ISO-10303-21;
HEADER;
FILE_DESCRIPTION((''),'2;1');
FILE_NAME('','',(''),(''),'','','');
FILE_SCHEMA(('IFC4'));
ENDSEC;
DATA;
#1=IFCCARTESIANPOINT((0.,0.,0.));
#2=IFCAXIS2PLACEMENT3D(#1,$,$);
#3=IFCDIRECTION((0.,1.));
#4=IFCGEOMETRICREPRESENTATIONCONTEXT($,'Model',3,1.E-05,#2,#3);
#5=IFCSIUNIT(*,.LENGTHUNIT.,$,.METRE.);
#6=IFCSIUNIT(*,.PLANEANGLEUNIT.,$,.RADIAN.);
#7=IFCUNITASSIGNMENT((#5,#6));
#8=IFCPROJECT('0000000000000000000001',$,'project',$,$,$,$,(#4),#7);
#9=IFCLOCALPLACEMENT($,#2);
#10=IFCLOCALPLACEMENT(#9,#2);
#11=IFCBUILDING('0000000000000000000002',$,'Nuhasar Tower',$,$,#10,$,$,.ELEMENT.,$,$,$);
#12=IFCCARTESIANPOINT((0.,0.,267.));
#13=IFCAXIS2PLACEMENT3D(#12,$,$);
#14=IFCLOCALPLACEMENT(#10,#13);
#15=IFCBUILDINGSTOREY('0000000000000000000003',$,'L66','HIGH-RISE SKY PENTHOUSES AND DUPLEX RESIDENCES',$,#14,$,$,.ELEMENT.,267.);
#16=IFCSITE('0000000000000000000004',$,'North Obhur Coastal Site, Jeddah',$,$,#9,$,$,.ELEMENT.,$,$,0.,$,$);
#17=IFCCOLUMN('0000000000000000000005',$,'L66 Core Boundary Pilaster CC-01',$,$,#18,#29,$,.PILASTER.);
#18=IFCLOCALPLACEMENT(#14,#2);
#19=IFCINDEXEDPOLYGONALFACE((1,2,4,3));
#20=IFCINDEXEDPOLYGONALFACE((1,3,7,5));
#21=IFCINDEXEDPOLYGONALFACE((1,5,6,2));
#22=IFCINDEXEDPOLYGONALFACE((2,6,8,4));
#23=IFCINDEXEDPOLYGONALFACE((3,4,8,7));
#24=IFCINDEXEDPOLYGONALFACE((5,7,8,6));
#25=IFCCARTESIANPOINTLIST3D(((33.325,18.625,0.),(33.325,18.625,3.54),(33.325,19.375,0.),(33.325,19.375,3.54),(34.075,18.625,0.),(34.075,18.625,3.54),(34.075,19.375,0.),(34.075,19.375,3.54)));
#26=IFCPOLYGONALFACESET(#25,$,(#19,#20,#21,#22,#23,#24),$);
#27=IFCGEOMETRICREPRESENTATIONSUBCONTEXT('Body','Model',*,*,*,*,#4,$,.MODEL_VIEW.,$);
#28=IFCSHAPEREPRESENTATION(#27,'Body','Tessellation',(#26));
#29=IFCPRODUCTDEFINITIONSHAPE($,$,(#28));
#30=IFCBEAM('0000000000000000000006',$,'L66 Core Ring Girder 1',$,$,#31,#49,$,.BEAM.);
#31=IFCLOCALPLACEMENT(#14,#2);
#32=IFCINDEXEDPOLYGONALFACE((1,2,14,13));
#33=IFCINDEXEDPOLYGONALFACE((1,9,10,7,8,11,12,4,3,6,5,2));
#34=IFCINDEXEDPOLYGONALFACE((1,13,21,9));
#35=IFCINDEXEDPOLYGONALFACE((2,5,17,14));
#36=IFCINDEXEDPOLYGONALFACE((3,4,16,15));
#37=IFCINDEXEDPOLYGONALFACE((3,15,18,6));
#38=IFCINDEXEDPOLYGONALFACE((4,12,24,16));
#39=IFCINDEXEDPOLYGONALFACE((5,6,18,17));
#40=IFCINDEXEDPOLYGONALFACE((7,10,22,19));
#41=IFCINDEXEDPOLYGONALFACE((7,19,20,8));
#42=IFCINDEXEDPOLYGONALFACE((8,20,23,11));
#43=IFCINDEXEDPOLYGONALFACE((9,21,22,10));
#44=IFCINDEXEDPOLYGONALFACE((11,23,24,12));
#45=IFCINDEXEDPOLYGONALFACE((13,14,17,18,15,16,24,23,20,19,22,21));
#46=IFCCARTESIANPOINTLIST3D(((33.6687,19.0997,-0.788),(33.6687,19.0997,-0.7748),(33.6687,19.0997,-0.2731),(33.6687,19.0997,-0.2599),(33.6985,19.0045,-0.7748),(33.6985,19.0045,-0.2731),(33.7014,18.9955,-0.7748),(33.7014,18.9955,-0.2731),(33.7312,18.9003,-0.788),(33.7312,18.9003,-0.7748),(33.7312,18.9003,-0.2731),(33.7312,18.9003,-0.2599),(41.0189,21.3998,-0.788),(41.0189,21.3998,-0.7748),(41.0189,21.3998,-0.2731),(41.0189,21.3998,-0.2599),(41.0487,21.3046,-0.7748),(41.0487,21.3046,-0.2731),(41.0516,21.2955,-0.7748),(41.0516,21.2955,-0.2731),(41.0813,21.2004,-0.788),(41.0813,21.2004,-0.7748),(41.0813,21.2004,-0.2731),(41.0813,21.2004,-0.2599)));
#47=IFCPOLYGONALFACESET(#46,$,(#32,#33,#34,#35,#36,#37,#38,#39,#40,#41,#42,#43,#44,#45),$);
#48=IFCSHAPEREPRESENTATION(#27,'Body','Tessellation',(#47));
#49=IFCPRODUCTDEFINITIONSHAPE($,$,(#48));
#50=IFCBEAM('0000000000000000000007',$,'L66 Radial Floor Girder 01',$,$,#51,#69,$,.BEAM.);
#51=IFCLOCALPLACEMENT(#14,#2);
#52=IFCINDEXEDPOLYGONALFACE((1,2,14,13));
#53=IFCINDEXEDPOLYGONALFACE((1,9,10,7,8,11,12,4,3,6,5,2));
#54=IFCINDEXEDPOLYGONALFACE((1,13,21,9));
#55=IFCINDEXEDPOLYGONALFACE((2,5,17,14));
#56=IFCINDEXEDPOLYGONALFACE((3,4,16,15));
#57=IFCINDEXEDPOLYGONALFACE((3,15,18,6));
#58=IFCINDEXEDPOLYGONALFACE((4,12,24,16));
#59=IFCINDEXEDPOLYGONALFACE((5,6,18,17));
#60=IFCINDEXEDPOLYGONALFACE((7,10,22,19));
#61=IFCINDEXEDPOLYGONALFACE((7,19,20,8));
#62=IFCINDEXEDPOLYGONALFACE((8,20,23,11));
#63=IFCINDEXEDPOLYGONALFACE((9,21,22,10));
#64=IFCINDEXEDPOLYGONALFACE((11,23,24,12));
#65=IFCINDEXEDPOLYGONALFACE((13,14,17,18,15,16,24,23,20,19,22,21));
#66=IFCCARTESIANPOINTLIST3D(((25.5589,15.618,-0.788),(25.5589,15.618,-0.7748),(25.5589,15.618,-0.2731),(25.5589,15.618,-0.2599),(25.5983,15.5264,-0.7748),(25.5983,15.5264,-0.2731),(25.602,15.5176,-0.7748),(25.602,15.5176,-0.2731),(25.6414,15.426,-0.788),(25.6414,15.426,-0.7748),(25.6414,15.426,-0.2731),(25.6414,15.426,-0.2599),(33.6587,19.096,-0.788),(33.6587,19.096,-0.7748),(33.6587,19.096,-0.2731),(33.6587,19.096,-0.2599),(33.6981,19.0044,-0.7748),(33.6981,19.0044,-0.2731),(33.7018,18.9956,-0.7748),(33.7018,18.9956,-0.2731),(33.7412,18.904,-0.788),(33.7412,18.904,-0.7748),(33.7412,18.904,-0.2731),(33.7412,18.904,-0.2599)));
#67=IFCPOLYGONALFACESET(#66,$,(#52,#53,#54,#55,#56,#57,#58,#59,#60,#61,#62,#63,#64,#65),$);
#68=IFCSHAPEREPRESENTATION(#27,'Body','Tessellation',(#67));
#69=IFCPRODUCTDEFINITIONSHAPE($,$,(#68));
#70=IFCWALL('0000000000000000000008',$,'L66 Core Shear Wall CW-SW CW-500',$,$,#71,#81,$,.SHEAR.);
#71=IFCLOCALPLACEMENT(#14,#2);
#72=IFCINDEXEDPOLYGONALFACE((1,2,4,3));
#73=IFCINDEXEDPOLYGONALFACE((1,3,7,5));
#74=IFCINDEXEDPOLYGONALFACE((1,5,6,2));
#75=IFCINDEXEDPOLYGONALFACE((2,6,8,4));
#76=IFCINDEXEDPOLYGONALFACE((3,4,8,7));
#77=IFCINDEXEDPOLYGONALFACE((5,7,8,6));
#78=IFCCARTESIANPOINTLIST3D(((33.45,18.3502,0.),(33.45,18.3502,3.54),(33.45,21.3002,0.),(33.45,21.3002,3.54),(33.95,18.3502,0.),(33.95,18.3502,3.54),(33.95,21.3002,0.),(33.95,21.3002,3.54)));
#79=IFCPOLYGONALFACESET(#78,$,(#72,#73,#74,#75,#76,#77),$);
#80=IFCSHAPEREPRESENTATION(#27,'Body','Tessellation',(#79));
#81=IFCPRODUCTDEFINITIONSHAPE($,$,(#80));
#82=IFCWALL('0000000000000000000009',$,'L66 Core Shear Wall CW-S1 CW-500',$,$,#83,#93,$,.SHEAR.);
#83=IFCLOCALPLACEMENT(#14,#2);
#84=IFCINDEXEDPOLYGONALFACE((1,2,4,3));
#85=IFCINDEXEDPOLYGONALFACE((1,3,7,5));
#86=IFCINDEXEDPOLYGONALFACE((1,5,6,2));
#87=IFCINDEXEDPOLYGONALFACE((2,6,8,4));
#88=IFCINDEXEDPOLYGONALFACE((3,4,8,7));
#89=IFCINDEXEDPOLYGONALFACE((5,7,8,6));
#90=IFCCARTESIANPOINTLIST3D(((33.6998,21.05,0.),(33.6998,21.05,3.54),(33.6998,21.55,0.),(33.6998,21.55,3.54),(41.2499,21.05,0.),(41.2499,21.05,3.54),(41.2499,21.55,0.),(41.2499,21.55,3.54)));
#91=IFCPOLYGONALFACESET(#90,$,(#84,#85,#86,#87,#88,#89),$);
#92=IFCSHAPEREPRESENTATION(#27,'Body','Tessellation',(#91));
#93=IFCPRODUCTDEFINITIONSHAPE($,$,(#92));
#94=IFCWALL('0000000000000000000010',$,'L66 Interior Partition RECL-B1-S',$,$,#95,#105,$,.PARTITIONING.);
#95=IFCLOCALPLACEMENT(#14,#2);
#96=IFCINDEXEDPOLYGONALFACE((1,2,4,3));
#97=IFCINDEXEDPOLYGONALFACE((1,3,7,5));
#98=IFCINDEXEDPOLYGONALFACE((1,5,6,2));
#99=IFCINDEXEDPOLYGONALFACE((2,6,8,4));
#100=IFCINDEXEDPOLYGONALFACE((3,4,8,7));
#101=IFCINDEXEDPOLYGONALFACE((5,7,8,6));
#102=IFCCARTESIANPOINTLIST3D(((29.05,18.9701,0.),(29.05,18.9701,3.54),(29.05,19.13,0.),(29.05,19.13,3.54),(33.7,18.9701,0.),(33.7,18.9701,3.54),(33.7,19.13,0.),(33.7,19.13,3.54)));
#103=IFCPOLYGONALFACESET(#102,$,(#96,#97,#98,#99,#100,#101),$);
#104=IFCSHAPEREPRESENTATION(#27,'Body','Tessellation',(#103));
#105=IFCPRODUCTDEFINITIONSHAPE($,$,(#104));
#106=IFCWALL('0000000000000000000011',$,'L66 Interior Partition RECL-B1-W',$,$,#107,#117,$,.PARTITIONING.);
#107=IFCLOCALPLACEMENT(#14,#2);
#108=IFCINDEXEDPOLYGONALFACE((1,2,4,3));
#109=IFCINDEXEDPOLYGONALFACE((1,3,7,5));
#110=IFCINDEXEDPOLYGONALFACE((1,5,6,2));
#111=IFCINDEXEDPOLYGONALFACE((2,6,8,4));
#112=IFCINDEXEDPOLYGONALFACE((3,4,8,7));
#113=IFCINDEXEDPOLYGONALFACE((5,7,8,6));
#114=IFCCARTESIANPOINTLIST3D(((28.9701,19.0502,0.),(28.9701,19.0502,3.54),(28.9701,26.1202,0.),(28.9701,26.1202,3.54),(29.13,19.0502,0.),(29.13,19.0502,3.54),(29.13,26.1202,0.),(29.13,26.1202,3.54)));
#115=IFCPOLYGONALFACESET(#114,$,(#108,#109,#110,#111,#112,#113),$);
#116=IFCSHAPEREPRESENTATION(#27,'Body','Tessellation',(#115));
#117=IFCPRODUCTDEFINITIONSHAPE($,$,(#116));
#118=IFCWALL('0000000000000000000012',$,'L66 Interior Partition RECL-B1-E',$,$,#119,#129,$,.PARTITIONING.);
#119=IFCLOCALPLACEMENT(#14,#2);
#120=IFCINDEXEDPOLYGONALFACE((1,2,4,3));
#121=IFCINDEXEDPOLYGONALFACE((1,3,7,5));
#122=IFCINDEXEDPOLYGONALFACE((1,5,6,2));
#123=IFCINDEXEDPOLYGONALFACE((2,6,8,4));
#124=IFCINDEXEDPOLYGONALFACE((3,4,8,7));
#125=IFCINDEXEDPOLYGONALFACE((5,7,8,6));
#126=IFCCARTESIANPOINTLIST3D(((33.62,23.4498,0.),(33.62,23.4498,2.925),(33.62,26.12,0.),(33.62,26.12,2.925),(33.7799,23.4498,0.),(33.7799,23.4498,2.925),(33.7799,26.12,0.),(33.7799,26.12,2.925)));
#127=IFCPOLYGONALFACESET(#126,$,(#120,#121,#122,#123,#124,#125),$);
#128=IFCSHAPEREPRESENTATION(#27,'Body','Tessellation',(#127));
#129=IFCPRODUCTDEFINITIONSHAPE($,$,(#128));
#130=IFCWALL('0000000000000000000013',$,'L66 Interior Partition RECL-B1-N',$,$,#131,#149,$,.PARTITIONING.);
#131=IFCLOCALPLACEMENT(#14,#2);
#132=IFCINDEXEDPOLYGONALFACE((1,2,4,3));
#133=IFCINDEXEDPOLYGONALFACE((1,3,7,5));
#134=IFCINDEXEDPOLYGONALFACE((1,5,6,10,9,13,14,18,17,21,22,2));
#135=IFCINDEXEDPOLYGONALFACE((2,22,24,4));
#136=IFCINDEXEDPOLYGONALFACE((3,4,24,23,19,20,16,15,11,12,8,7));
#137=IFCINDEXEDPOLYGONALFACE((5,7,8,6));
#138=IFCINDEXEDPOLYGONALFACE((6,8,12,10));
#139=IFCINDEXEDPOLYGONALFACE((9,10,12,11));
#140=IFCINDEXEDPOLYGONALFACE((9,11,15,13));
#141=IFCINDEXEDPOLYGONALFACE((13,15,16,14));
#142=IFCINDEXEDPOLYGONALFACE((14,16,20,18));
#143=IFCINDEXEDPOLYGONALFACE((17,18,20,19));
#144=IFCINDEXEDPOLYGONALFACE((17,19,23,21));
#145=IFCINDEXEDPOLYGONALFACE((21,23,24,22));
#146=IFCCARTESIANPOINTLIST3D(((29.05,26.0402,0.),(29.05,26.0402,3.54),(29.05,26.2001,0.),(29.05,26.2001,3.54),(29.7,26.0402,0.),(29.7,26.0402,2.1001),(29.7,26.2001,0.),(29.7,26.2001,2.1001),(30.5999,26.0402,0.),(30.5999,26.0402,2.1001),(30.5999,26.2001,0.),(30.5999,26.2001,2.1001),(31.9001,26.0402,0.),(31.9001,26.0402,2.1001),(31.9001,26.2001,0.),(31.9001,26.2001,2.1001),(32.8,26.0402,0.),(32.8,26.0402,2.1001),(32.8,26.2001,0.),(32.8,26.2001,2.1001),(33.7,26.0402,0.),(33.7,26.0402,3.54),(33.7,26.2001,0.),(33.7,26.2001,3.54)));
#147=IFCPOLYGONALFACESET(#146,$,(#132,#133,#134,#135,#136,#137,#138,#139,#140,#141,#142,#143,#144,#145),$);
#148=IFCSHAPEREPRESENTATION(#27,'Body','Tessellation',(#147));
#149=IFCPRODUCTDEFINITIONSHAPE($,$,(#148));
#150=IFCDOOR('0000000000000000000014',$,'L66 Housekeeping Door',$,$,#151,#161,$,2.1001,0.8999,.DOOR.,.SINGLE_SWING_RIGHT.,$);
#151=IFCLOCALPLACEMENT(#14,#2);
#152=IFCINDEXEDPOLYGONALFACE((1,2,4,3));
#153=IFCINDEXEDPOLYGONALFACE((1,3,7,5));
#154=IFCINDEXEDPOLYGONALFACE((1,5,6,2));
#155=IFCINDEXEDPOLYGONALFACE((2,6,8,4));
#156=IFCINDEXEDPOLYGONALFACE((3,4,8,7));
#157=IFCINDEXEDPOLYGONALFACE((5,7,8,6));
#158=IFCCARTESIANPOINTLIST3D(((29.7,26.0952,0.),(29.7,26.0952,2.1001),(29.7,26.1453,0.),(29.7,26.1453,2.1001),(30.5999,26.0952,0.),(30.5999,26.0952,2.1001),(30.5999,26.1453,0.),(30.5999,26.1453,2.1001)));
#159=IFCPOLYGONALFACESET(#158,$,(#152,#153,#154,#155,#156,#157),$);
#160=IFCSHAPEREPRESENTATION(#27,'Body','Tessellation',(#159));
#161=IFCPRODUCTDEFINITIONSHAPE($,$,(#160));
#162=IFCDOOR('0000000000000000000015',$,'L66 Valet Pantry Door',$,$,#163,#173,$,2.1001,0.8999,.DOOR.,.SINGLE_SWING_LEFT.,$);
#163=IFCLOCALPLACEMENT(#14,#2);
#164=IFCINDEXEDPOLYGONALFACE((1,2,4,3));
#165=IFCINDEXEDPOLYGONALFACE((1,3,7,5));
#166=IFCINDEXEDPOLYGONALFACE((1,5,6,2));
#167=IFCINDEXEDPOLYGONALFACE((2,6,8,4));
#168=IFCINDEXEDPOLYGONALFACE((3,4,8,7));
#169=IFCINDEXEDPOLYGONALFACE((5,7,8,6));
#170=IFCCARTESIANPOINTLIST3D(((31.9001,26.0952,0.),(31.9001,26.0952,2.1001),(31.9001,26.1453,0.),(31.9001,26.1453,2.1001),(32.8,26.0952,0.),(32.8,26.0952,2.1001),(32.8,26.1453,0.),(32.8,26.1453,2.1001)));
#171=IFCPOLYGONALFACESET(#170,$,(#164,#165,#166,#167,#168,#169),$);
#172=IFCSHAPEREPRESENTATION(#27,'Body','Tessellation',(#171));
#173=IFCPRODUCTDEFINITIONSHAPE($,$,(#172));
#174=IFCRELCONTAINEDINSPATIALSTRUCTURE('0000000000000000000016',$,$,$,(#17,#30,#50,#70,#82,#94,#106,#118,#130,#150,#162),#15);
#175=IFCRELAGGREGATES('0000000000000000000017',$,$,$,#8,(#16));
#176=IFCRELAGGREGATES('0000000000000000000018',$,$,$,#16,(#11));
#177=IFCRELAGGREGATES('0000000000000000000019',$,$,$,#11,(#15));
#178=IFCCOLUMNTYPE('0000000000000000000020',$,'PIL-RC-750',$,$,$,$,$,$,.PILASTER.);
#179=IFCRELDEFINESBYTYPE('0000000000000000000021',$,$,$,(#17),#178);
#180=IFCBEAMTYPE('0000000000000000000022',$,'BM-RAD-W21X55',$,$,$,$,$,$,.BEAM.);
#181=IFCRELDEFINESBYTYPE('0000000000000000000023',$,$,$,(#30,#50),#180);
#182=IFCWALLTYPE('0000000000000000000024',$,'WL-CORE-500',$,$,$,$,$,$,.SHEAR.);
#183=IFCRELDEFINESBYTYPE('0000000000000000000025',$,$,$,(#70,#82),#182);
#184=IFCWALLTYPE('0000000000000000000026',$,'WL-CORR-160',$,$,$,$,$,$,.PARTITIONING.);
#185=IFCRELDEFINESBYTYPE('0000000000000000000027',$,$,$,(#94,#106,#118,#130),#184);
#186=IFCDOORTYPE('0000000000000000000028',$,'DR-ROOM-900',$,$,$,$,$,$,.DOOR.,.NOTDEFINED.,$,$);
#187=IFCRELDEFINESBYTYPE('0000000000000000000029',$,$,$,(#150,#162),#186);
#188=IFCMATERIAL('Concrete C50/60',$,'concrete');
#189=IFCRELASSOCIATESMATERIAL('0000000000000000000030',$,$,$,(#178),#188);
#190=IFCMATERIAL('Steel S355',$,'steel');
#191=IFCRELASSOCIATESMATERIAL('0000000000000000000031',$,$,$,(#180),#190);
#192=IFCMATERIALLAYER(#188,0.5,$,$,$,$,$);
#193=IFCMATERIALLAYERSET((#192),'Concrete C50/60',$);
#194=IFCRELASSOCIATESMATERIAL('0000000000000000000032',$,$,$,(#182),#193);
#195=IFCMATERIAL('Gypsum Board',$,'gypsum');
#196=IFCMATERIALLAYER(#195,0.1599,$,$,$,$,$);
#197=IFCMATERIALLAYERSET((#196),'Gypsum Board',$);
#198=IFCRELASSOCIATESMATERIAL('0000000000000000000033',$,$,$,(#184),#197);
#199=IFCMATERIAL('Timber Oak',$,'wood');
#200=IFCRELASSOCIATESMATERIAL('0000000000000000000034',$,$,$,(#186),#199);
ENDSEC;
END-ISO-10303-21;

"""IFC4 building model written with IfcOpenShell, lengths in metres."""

from ifc_helpers import new_model, si_unit, direction, frame, frame_2d, origin, origin_2d, place, context, subcontext, project, spatial, rectangle, i_section, extrude, material, layer, layer_set, material_profile, profile_set, type_object, element, fill, save


model = new_model("IFC4")

# Units and contexts
model_context = context("Model", 3, precision=1e-05, world=origin(), true_north=direction((0.0, 1.0)))
body_context = subcontext(model_context, "Body", "Model", "MODEL_VIEW")
ifc_project = project(units=[si_unit("LENGTHUNIT", "METRE"), si_unit("PLANEANGLEUNIT", "RADIAN")], contexts=[model_context])

# Site, building, storey
site_placement = place(None, origin())
site = spatial("IfcSite", under=ifc_project, at=site_placement, Name="North Obhur Coastal Site, Jeddah", CompositionType="ELEMENT", RefElevation=0.0)
building_placement = place(site_placement, origin())
building = spatial("IfcBuilding", under=site, at=building_placement, Name="Nuhasar Tower", CompositionType="ELEMENT")
storey_placement = place(building_placement, frame((0.0, 0.0, 267.0)))
storey = spatial("IfcBuildingStorey", under=building, at=storey_placement, Name="L66", Description="HIGH-RISE SKY PENTHOUSES AND DUPLEX RESIDENCES", CompositionType="ELEMENT", Elevation=267.0)

# Column
ifc_material_1 = material(Name="Concrete C50/60", Category="concrete")
ifc_material_profile_1 = material_profile(ifc_material_1, rectangle(XDim=0.75, YDim=0.75, at=origin_2d()), Name="RC750X750")
ifc_profile_set_1 = profile_set([ifc_material_profile_1], Name="Concrete C50/60")
column_type = type_object("IfcColumnType", Name="PIL-RC-750", PredefinedType="PILASTER", material=ifc_profile_set_1)
column_placement = place(storey_placement, frame((33.7, 19.0, 0.0), z_axis=(0.0, 0.0, 1.0), x_axis=(1.0, 0.0, 0.0)))
element("IfcColumn", 1, at=column_placement, inside=storey, type_object=column_type, Name="L66 Core Boundary Pilaster CC-01", PredefinedType="PILASTER", context=body_context, shape_type="SweptSolid", body=[
    extrude(rectangle(XDim=0.75, YDim=0.75, at=origin_2d()), origin(), (0.0, 0.0, 1.0), 3.54),
])

# Beams
ifc_material_2 = material(Name="Steel S355", Category="steel")
ifc_material_profile_2 = material_profile(ifc_material_2, i_section(OverallWidth=0.209, OverallDepth=0.5281, WebThickness=0.0095, FlangeThickness=0.0132, at=origin_2d()), Name="W21X55")
ifc_profile_set_2 = profile_set([ifc_material_profile_2], Name="Steel S355")
beam_type = type_object("IfcBeamType", Name="BM-RAD-W21X55", PredefinedType="BEAM", material=ifc_profile_set_2)
beam_1_placement = place(storey_placement, frame((33.7, 19.0, -0.5239), z_axis=(0.954364, 0.298647, 0.0), x_axis=(-0.298647, 0.954364, 0.0)))
element("IfcBeam", 2, at=beam_1_placement, inside=storey, type_object=beam_type, Name="L66 Core Ring Girder 1", PredefinedType="BEAM", context=body_context, shape_type="SweptSolid", body=[
    extrude(i_section(OverallWidth=0.209, OverallDepth=0.5281, WebThickness=0.0095, FlangeThickness=0.0132, at=origin_2d()), origin(), (0.0, 0.0, 1.0), 7.7017),
])
beam_2_placement = place(storey_placement, frame((33.7, 19.0, -0.5239), z_axis=(-0.918871, -0.394558, 0.0), x_axis=(0.394558, -0.918871, 0.0)))
element("IfcBeam", 3, at=beam_2_placement, inside=storey, type_object=beam_type, Name="L66 Radial Floor Girder 01", PredefinedType="BEAM", context=body_context, shape_type="SweptSolid", body=[
    extrude(i_section(OverallWidth=0.209, OverallDepth=0.5281, WebThickness=0.0095, FlangeThickness=0.0132, at=origin_2d()), origin(), (0.0, 0.0, 1.0), 8.8149),
])

# Walls
ifc_layer_1 = layer(ifc_material_1, 0.5)
ifc_layer_set_1 = layer_set([ifc_layer_1], Name="Concrete C50/60")
wall_type_1 = type_object("IfcWallType", Name="WL-CORE-500", PredefinedType="SHEAR", material=ifc_layer_set_1)
wall_1_placement = place(storey_placement, frame((33.7, 18.3501, 0.0), z_axis=(0.0, 0.0, 1.0), x_axis=(0.0, 1.0, 0.0)))
element("IfcWall", 4, at=wall_1_placement, inside=storey, type_object=wall_type_1, Name="L66 Core Shear Wall CW-SW CW-500", PredefinedType="SHEAR", context=body_context, shape_type="SweptSolid", body=[
    extrude(rectangle(XDim=2.95, YDim=0.5, at=frame_2d((1.4751, 0.0))), origin(), (0.0, 0.0, 1.0), 3.54),
])
wall_2_placement = place(storey_placement, frame((33.7, 21.3, 0.0), z_axis=(0.0, 0.0, 1.0), x_axis=(1.0, 0.0, 0.0)))
element("IfcWall", 5, at=wall_2_placement, inside=storey, type_object=wall_type_1, Name="L66 Core Shear Wall CW-S1 CW-500", PredefinedType="SHEAR", context=body_context, shape_type="SweptSolid", body=[
    extrude(rectangle(XDim=7.55, YDim=0.5, at=frame_2d((3.7749, 0.0))), origin(), (0.0, 0.0, 1.0), 3.54),
])
ifc_material_3 = material(Name="Gypsum Board", Category="gypsum")
ifc_layer_2 = layer(ifc_material_3, 0.1599)
ifc_layer_set_2 = layer_set([ifc_layer_2], Name="Gypsum Board")
wall_type_2 = type_object("IfcWallType", Name="WL-CORR-160", PredefinedType="PARTITIONING", material=ifc_layer_set_2)
wall_3_placement = place(storey_placement, frame((29.05, 19.05, 0.0), z_axis=(0.0, 0.0, 1.0), x_axis=(1.0, 0.0, 0.0)))
element("IfcWall", 6, at=wall_3_placement, inside=storey, type_object=wall_type_2, Name="L66 Interior Partition RECL-B1-S", PredefinedType="PARTITIONING", context=body_context, shape_type="SweptSolid", body=[
    extrude(rectangle(XDim=4.6499, YDim=0.1599, at=frame_2d((2.325, 0.0))), origin(), (0.0, 0.0, 1.0), 3.54),
])
wall_4_placement = place(storey_placement, frame((29.05, 19.05, 0.0), z_axis=(0.0, 0.0, 1.0), x_axis=(0.0, 1.0, 0.0)))
element("IfcWall", 7, at=wall_4_placement, inside=storey, type_object=wall_type_2, Name="L66 Interior Partition RECL-B1-W", PredefinedType="PARTITIONING", context=body_context, shape_type="SweptSolid", body=[
    extrude(rectangle(XDim=7.0701, YDim=0.1599, at=frame_2d((3.5352, 0.0))), origin(), (0.0, 0.0, 1.0), 3.54),
])
wall_5_placement = place(storey_placement, frame((33.7, 23.45, 0.0), z_axis=(0.0, 0.0, 1.0), x_axis=(0.0, 1.0, 0.0)))
element("IfcWall", 8, at=wall_5_placement, inside=storey, type_object=wall_type_2, Name="L66 Interior Partition RECL-B1-E", PredefinedType="PARTITIONING", context=body_context, shape_type="SweptSolid", body=[
    extrude(rectangle(XDim=2.6702, YDim=0.1599, at=frame_2d((1.335, 0.0))), origin(), (0.0, 0.0, 1.0), 2.925),
])

# Wall, openings, doors
wall_6_placement = place(storey_placement, frame((33.7, 26.1201, 0.0), z_axis=(0.0, 0.0, 1.0), x_axis=(-1.0, 0.0, 0.0)))
wall_6 = element("IfcWall", 9, at=wall_6_placement, inside=storey, type_object=wall_type_2, Name="L66 Interior Partition RECL-B1-N", PredefinedType="PARTITIONING", context=body_context, shape_type="SweptSolid", body=[
    extrude(rectangle(XDim=4.6499, YDim=0.1599, at=frame_2d((2.325, 0.0))), origin(), (0.0, 0.0, 1.0), 3.54),
])
opening_1_placement = place(wall_6_placement, frame((3.1001, 0.0, 0.0)))
opening_1 = element("IfcOpeningElement", 10, at=opening_1_placement, cuts=wall_6, PredefinedType="OPENING", context=body_context, shape_type="SweptSolid", body=[
    extrude(rectangle(XDim=0.8999, YDim=2.1001, at=frame_2d((0.45, 1.05))), frame((0.0, 0.0898, 0.0), z_axis=(0.0, -1.0, 0.0), x_axis=(1.0, 0.0, 0.0)), (0.0, 0.0, 1.0), 0.1799),
])
opening_2_placement = place(wall_6_placement, frame((0.8999, 0.0, 0.0)))
opening_2 = element("IfcOpeningElement", 11, at=opening_2_placement, cuts=wall_6, PredefinedType="OPENING", context=body_context, shape_type="SweptSolid", body=[
    extrude(rectangle(XDim=0.8999, YDim=2.1001, at=frame_2d((0.45, 1.05))), frame((0.0, 0.0898, 0.0), z_axis=(0.0, -1.0, 0.0), x_axis=(1.0, 0.0, 0.0)), (0.0, 0.0, 1.0), 0.1799),
])
ifc_material_4 = material(Name="Timber Oak", Category="wood")
door_type_1 = type_object("IfcDoorType", Name="DR-ROOM-900", OperationType="NOTDEFINED", PredefinedType="DOOR", material=ifc_material_4)
door_1_placement = place(opening_1_placement, origin())
door_1 = element("IfcDoor", 12, at=door_1_placement, inside=storey, type_object=door_type_1, Name="L66 Housekeeping Door", OperationType="SINGLE_SWING_RIGHT", OverallHeight=2.1001, OverallWidth=0.8999, PredefinedType="DOOR", context=body_context, shape_type="SweptSolid", body=[
    extrude(rectangle(XDim=0.8999, YDim=2.1001, at=frame_2d((0.45, 1.05))), frame((0.0, 0.0249, 0.0), z_axis=(0.0, -1.0, 0.0), x_axis=(1.0, 0.0, 0.0)), (0.0, 0.0, 1.0), 0.05),
])
fill(opening_1, door_1)
door_2_placement = place(opening_2_placement, origin())
door_2 = element("IfcDoor", 13, at=door_2_placement, inside=storey, type_object=door_type_1, Name="L66 Valet Pantry Door", OperationType="SINGLE_SWING_LEFT", OverallHeight=2.1001, OverallWidth=0.8999, PredefinedType="DOOR", context=body_context, shape_type="SweptSolid", body=[
    extrude(rectangle(XDim=0.8999, YDim=2.1001, at=frame_2d((0.45, 1.05))), frame((0.0, 0.0249, 0.0), z_axis=(0.0, -1.0, 0.0), x_axis=(1.0, 0.0, 0.0)), (0.0, 0.0, 1.0), 0.05),
])
fill(opening_2, door_2)

save(model, "model.ifc")
